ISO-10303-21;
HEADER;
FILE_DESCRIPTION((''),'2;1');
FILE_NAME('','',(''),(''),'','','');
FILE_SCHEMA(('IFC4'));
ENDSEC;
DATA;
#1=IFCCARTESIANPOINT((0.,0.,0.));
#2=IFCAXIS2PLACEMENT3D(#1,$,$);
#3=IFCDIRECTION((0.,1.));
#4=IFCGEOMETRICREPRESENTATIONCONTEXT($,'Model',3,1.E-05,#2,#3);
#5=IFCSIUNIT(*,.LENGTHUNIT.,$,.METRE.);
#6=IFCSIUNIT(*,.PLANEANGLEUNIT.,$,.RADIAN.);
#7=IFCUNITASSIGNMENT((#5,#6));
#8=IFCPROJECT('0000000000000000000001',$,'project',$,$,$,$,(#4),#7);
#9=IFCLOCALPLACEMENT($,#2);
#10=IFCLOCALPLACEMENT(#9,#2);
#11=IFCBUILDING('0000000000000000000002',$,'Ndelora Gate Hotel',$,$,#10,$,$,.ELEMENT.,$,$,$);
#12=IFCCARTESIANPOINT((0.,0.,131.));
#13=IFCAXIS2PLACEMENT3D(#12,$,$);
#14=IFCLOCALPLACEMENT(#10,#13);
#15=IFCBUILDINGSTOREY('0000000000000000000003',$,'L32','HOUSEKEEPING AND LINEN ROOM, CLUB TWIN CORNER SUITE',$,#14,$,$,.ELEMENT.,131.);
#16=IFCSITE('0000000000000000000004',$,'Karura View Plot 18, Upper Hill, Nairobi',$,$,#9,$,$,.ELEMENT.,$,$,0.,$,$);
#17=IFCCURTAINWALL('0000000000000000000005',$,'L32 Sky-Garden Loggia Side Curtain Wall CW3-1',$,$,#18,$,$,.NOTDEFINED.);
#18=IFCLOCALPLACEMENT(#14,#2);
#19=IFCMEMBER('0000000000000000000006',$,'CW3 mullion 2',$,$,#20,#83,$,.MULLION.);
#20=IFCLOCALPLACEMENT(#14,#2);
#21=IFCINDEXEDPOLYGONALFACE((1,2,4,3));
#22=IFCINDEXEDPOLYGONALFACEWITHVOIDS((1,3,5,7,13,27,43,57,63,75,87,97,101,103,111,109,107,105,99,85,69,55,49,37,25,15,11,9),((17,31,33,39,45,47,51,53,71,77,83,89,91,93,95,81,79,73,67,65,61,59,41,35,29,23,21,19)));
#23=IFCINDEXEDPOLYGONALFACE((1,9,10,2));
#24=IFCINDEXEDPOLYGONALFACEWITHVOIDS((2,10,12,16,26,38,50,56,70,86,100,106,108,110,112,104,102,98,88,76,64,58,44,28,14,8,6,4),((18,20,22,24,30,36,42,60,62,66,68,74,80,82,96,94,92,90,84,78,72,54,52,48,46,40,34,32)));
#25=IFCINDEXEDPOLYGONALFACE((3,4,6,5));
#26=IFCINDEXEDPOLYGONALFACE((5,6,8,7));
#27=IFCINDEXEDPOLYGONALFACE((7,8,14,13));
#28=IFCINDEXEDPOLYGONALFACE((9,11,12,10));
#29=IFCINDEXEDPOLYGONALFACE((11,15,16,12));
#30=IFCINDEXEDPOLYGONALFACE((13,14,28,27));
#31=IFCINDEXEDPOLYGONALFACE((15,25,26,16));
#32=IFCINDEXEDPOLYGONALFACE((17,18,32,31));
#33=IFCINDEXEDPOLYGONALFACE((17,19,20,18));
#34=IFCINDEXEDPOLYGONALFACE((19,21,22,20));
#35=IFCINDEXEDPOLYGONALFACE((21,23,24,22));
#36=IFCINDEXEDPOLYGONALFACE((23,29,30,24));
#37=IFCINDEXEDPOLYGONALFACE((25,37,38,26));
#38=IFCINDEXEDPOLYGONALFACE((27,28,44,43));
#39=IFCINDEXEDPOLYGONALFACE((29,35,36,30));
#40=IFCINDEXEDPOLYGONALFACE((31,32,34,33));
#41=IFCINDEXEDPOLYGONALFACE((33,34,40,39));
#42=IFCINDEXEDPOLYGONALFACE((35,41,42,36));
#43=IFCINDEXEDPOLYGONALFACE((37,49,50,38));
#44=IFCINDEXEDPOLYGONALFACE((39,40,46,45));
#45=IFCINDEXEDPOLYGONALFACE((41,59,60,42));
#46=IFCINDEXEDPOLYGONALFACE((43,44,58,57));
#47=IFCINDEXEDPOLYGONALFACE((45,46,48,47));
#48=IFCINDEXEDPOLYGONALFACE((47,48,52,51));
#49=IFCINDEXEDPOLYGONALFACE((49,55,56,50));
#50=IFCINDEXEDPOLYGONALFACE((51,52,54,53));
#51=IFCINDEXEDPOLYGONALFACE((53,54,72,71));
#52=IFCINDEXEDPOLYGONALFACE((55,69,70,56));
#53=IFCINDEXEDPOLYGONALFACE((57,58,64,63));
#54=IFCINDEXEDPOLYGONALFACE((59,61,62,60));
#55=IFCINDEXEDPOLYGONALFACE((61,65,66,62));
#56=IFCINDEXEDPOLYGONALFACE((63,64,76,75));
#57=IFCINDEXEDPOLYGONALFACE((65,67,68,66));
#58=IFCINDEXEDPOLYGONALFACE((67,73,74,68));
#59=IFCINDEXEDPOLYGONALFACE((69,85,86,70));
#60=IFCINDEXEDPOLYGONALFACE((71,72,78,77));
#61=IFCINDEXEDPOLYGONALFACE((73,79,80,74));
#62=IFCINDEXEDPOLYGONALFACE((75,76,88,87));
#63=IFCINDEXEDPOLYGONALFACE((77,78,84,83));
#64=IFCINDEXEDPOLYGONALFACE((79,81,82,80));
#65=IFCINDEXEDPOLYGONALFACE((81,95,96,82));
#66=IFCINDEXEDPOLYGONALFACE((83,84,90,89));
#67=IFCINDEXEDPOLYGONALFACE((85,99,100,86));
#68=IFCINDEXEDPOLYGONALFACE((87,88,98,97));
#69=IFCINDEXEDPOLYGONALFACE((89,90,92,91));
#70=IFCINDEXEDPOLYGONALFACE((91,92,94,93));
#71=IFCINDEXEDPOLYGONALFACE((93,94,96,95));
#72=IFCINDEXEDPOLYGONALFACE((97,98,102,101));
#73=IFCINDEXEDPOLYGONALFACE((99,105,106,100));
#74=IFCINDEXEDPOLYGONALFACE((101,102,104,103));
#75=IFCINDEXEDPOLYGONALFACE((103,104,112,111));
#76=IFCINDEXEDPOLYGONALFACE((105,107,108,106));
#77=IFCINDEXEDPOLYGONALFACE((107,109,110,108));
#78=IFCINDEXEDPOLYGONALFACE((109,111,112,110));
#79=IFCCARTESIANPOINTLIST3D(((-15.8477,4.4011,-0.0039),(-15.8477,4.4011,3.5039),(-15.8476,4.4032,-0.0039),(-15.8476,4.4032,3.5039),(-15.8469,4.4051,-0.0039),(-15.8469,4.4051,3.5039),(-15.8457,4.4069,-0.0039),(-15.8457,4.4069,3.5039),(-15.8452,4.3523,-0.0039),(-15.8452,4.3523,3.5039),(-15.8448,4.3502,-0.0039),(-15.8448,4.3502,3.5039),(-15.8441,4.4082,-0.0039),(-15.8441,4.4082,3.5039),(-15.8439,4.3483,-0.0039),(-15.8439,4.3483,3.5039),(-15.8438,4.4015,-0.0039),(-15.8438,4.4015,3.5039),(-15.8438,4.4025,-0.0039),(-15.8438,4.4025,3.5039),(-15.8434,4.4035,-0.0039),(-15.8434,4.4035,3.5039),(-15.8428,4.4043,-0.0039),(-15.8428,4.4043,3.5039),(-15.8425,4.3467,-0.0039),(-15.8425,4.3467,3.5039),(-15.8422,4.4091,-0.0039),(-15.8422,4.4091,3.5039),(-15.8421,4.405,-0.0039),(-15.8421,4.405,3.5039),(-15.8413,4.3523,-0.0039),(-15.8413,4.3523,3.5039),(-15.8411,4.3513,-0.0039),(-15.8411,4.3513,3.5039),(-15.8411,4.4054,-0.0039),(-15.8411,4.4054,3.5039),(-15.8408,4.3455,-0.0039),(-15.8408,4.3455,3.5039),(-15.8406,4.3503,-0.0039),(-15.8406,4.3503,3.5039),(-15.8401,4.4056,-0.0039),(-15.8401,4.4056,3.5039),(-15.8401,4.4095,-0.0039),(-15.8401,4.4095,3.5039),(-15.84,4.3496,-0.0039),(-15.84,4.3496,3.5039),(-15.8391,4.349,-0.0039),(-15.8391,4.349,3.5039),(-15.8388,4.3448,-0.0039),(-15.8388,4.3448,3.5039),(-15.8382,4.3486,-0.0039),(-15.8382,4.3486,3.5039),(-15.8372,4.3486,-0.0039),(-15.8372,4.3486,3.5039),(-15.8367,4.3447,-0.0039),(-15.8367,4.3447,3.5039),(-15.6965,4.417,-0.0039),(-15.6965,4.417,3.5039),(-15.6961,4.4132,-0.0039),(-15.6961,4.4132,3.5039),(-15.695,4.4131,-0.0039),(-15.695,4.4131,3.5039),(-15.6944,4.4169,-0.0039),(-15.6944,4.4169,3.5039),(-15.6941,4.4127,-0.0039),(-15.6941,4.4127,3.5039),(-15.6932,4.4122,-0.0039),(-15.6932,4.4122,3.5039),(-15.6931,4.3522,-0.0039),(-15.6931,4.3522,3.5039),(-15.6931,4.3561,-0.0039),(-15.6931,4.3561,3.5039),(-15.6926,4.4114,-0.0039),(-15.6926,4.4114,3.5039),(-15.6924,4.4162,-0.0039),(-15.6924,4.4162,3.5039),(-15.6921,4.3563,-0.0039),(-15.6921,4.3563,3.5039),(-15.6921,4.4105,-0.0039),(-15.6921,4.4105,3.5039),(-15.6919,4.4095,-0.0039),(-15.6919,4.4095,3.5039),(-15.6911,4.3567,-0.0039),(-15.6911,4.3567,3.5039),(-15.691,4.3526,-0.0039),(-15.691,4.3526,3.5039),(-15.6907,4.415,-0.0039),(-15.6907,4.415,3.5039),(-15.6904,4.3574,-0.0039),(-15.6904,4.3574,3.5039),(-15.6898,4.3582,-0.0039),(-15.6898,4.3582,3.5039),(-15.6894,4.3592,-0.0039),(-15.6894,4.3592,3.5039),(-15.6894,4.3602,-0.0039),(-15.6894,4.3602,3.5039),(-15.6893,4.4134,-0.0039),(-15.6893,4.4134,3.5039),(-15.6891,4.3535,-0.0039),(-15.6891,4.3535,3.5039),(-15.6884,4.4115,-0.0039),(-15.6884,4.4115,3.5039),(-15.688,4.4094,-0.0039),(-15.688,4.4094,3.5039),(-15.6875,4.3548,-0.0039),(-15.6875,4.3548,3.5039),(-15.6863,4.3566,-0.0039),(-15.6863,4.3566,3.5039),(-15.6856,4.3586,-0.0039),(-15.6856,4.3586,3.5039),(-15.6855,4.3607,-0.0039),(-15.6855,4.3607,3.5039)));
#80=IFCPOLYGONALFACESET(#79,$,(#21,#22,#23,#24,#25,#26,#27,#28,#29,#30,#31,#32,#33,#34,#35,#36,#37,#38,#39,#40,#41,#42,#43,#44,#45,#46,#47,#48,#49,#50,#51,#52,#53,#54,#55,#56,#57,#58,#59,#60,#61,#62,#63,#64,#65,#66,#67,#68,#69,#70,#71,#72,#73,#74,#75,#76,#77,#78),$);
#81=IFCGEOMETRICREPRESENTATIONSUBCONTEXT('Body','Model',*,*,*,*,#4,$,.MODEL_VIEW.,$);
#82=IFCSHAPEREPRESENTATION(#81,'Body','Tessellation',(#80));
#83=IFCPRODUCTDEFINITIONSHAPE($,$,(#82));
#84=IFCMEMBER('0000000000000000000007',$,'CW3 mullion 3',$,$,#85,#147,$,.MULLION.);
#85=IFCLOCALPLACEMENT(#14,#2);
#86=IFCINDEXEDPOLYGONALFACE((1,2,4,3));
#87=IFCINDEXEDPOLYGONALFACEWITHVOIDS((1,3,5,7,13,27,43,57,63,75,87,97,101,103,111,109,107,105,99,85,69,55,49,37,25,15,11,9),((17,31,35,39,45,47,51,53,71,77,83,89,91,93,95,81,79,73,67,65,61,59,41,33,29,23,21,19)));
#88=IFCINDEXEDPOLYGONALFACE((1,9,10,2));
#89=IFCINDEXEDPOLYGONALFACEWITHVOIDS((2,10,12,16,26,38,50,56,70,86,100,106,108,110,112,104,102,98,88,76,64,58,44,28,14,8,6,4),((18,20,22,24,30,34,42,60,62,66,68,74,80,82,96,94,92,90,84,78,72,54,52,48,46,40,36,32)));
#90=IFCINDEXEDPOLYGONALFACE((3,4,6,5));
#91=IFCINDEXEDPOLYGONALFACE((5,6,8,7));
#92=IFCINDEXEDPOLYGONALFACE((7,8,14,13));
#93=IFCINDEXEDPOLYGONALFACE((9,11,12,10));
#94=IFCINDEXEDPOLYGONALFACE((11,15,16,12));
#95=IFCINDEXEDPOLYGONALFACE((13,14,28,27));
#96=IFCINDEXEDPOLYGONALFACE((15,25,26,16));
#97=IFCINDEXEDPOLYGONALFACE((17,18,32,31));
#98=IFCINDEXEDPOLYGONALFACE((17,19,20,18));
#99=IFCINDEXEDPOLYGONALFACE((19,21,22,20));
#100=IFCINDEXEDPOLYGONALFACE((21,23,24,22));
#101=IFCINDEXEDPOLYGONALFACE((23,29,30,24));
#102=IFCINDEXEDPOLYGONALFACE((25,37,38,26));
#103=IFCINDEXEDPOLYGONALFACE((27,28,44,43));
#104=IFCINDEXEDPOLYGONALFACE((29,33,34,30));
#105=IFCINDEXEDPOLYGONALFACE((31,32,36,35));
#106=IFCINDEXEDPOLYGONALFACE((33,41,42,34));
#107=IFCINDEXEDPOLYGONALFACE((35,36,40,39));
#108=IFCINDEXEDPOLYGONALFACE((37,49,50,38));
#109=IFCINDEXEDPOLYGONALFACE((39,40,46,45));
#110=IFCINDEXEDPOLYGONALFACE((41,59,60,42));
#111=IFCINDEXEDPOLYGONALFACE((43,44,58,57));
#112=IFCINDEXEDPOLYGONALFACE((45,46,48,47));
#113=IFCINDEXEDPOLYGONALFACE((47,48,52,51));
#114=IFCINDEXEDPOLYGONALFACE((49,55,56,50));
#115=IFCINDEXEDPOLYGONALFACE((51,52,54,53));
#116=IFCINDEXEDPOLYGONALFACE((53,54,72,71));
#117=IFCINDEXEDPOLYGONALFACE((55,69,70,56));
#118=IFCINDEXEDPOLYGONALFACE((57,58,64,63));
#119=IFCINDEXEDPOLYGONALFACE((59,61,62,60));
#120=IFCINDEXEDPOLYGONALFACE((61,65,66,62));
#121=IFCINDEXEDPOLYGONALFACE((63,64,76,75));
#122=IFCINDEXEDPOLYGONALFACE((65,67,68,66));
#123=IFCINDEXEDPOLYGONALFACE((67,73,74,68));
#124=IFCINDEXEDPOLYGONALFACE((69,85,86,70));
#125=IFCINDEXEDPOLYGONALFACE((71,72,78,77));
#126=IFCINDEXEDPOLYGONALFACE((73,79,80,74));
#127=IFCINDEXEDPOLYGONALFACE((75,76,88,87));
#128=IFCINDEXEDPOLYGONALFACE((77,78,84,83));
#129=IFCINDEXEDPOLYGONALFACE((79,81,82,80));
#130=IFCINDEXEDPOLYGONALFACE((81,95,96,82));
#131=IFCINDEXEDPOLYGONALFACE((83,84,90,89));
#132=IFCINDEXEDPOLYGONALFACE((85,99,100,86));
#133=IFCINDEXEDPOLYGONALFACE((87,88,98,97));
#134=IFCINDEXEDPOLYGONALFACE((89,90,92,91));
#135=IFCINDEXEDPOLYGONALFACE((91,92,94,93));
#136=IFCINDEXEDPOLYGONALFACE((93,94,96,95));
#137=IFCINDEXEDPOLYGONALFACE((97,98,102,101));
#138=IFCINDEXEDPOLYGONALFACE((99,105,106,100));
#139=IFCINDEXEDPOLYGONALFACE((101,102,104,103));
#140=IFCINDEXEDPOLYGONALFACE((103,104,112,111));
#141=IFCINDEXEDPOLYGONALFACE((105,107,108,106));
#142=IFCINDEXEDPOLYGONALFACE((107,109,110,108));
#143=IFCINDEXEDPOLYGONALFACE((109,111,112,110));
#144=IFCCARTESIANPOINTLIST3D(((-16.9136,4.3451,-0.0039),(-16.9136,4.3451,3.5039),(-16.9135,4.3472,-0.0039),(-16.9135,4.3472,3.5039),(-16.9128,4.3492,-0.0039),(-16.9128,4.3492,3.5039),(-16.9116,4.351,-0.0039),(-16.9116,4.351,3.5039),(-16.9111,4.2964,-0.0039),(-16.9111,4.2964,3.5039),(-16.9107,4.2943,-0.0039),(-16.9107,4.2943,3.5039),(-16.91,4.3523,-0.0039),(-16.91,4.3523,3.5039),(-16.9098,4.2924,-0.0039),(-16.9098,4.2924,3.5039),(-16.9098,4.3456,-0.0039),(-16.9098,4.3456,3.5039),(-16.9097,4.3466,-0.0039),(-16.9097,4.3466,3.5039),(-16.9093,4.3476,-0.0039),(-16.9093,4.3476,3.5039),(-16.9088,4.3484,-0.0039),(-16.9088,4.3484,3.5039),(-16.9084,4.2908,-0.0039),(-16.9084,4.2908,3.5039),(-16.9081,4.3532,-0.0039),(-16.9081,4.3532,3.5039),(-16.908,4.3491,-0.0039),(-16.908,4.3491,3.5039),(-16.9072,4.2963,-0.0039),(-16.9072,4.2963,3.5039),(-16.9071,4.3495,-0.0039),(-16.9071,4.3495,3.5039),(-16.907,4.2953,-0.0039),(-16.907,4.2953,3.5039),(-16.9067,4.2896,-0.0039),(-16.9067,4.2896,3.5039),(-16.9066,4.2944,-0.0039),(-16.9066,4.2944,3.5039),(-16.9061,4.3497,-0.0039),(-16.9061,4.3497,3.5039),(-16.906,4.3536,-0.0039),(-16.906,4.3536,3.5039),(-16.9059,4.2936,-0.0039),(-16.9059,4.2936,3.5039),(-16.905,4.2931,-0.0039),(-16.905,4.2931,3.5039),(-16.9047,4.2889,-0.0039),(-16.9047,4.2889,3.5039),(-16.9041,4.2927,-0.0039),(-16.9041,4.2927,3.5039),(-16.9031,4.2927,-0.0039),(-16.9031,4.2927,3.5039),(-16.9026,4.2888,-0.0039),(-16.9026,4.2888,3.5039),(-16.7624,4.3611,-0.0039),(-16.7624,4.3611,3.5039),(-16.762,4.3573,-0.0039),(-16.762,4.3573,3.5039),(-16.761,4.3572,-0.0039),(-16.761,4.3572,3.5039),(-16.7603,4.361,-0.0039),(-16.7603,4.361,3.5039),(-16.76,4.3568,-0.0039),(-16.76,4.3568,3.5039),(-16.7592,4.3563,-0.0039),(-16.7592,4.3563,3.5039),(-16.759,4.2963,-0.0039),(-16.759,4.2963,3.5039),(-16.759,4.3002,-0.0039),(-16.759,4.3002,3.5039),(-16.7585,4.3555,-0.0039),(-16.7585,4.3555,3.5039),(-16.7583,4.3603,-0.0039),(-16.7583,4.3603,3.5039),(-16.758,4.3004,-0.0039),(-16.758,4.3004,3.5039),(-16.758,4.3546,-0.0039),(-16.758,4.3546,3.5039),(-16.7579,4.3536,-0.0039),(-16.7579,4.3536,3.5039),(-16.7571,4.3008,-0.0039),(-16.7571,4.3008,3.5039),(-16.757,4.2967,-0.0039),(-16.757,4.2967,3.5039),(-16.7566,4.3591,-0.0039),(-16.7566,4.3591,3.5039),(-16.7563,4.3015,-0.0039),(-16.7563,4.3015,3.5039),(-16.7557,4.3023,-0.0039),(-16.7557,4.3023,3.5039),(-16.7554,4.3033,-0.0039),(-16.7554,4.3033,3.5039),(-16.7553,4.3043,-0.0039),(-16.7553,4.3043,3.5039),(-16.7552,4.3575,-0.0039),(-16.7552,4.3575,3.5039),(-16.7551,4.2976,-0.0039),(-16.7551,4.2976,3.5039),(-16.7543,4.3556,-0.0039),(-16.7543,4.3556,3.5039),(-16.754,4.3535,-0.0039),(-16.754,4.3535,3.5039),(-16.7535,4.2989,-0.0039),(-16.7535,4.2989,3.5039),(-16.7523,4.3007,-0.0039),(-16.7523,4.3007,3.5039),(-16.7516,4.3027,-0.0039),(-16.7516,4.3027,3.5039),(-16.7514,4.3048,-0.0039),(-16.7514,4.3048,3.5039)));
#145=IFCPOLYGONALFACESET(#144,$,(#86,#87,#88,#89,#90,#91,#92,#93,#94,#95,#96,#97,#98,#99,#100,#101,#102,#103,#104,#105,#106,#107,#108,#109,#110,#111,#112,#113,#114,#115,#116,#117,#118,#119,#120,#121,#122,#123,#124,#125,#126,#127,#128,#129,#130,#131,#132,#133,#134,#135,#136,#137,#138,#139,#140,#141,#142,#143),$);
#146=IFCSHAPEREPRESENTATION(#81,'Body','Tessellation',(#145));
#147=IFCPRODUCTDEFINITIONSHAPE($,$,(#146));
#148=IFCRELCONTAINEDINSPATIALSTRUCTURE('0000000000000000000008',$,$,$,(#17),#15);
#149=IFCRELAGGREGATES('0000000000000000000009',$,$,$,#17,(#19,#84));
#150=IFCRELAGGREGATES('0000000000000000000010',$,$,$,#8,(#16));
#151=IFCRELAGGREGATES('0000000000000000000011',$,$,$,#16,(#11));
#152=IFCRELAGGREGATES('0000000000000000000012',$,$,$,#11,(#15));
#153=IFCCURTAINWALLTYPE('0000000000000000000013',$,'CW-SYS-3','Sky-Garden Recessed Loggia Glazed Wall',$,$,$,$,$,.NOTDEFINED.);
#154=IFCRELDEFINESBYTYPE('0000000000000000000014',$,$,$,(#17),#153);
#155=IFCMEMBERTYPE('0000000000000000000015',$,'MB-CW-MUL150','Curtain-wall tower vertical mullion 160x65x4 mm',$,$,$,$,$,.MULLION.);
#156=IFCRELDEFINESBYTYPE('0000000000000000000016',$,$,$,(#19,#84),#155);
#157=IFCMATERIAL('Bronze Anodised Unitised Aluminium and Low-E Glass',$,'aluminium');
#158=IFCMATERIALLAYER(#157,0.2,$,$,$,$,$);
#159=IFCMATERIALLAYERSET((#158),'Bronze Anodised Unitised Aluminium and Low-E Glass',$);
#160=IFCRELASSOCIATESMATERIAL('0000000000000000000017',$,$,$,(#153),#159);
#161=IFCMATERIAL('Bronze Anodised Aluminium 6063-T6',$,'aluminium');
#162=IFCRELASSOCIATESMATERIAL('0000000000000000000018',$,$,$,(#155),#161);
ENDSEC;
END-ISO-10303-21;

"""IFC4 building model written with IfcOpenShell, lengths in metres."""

from ifc_helpers import new_model, si_unit, direction, frame, origin, origin_2d, place, context, subcontext, project, spatial, hollow_rectangle, extrude, material, layer, layer_set, material_profile, profile_set, type_object, element, aggregate, save


model = new_model("IFC4")

# Units and contexts
model_context = context("Model", 3, precision=1e-05, world=origin(), true_north=direction((0.0, 1.0)))
body_context = subcontext(model_context, "Body", "Model", "MODEL_VIEW")
ifc_project = project(units=[si_unit("LENGTHUNIT", "METRE"), si_unit("PLANEANGLEUNIT", "RADIAN")], contexts=[model_context])

# Site, building, storey
site_placement = place(None, origin())
site = spatial("IfcSite", under=ifc_project, at=site_placement, Name="Karura View Plot 18, Upper Hill, Nairobi", CompositionType="ELEMENT", RefElevation=0.0)
building_placement = place(site_placement, origin())
building = spatial("IfcBuilding", under=site, at=building_placement, Name="Ndelora Gate Hotel", CompositionType="ELEMENT")
storey_placement = place(building_placement, frame((0.0, 0.0, 131.0)))
storey = spatial("IfcBuildingStorey", under=building, at=storey_placement, Name="L32", Description="HOUSEKEEPING AND LINEN ROOM, CLUB TWIN CORNER SUITE", CompositionType="ELEMENT", Elevation=131.0)

# Curtain wall, members
ifc_material_1 = material(Name="Bronze Anodised Unitised Aluminium and Low-E Glass", Category="aluminium")
ifc_layer_1 = layer(ifc_material_1, 0.2)
ifc_layer_set_1 = layer_set([ifc_layer_1], Name="Bronze Anodised Unitised Aluminium and Low-E Glass")
curtain_wall_type = type_object("IfcCurtainWallType", Name="CW-SYS-3", Description="Sky-Garden Recessed Loggia Glazed Wall", PredefinedType="NOTDEFINED", material=ifc_layer_set_1)
curtain_wall_placement = place(storey_placement, origin())
curtain_wall = element("IfcCurtainWall", 1, at=curtain_wall_placement, inside=storey, type_object=curtain_wall_type, Name="L32 Sky-Garden Loggia Side Curtain Wall CW3-1", PredefinedType="NOTDEFINED")
ifc_material_2 = material(Name="Bronze Anodised Aluminium 6063-T6", Category="aluminium")
ifc_material_profile_1 = material_profile(ifc_material_2, hollow_rectangle(XDim=0.0649, YDim=0.1599, WallThickness=0.0039, InnerFilletRadius=0.0039, OuterFilletRadius=0.0081, at=origin_2d()), Name="ALU 160x65x4")
ifc_profile_set_1 = profile_set([ifc_material_profile_1], Name="Bronze Anodised Aluminium 6063-T6")
member_type_1 = type_object("IfcMemberType", Name="MB-CW-MUL150", Description="Curtain-wall tower vertical mullion 160x65x4 mm", PredefinedType="MULLION", material=ifc_profile_set_1)
member_1_placement = place(storey_placement, frame((-15.7666, 4.3809, -0.0039), z_axis=(0.0, 0.0, 1.0), x_axis=(0.052318, -0.99863, 0.0)))
member_1 = element("IfcMember", 2, at=member_1_placement, type_object=member_type_1, Name="CW3 mullion 2", PredefinedType="MULLION", context=body_context, shape_type="SweptSolid", body=[
    extrude(hollow_rectangle(XDim=0.0649, YDim=0.1599, WallThickness=0.0039, InnerFilletRadius=0.0039, OuterFilletRadius=0.0081, at=origin_2d()), origin(), (0.0, 0.0, 1.0), 3.5078),
])
member_2_placement = place(storey_placement, frame((-16.8325, 4.325, -0.0039), z_axis=(0.0, 0.0, 1.0), x_axis=(0.052318, -0.99863, 0.0)))
member_2 = element("IfcMember", 3, at=member_2_placement, type_object=member_type_1, Name="CW3 mullion 3", PredefinedType="MULLION", context=body_context, shape_type="SweptSolid", body=[
    extrude(hollow_rectangle(XDim=0.0649, YDim=0.1599, WallThickness=0.0039, InnerFilletRadius=0.0039, OuterFilletRadius=0.0081, at=origin_2d()), origin(), (0.0, 0.0, 1.0), 3.5078),
])
aggregate(curtain_wall, [member_1, member_2])

save(model, "model.ifc")
